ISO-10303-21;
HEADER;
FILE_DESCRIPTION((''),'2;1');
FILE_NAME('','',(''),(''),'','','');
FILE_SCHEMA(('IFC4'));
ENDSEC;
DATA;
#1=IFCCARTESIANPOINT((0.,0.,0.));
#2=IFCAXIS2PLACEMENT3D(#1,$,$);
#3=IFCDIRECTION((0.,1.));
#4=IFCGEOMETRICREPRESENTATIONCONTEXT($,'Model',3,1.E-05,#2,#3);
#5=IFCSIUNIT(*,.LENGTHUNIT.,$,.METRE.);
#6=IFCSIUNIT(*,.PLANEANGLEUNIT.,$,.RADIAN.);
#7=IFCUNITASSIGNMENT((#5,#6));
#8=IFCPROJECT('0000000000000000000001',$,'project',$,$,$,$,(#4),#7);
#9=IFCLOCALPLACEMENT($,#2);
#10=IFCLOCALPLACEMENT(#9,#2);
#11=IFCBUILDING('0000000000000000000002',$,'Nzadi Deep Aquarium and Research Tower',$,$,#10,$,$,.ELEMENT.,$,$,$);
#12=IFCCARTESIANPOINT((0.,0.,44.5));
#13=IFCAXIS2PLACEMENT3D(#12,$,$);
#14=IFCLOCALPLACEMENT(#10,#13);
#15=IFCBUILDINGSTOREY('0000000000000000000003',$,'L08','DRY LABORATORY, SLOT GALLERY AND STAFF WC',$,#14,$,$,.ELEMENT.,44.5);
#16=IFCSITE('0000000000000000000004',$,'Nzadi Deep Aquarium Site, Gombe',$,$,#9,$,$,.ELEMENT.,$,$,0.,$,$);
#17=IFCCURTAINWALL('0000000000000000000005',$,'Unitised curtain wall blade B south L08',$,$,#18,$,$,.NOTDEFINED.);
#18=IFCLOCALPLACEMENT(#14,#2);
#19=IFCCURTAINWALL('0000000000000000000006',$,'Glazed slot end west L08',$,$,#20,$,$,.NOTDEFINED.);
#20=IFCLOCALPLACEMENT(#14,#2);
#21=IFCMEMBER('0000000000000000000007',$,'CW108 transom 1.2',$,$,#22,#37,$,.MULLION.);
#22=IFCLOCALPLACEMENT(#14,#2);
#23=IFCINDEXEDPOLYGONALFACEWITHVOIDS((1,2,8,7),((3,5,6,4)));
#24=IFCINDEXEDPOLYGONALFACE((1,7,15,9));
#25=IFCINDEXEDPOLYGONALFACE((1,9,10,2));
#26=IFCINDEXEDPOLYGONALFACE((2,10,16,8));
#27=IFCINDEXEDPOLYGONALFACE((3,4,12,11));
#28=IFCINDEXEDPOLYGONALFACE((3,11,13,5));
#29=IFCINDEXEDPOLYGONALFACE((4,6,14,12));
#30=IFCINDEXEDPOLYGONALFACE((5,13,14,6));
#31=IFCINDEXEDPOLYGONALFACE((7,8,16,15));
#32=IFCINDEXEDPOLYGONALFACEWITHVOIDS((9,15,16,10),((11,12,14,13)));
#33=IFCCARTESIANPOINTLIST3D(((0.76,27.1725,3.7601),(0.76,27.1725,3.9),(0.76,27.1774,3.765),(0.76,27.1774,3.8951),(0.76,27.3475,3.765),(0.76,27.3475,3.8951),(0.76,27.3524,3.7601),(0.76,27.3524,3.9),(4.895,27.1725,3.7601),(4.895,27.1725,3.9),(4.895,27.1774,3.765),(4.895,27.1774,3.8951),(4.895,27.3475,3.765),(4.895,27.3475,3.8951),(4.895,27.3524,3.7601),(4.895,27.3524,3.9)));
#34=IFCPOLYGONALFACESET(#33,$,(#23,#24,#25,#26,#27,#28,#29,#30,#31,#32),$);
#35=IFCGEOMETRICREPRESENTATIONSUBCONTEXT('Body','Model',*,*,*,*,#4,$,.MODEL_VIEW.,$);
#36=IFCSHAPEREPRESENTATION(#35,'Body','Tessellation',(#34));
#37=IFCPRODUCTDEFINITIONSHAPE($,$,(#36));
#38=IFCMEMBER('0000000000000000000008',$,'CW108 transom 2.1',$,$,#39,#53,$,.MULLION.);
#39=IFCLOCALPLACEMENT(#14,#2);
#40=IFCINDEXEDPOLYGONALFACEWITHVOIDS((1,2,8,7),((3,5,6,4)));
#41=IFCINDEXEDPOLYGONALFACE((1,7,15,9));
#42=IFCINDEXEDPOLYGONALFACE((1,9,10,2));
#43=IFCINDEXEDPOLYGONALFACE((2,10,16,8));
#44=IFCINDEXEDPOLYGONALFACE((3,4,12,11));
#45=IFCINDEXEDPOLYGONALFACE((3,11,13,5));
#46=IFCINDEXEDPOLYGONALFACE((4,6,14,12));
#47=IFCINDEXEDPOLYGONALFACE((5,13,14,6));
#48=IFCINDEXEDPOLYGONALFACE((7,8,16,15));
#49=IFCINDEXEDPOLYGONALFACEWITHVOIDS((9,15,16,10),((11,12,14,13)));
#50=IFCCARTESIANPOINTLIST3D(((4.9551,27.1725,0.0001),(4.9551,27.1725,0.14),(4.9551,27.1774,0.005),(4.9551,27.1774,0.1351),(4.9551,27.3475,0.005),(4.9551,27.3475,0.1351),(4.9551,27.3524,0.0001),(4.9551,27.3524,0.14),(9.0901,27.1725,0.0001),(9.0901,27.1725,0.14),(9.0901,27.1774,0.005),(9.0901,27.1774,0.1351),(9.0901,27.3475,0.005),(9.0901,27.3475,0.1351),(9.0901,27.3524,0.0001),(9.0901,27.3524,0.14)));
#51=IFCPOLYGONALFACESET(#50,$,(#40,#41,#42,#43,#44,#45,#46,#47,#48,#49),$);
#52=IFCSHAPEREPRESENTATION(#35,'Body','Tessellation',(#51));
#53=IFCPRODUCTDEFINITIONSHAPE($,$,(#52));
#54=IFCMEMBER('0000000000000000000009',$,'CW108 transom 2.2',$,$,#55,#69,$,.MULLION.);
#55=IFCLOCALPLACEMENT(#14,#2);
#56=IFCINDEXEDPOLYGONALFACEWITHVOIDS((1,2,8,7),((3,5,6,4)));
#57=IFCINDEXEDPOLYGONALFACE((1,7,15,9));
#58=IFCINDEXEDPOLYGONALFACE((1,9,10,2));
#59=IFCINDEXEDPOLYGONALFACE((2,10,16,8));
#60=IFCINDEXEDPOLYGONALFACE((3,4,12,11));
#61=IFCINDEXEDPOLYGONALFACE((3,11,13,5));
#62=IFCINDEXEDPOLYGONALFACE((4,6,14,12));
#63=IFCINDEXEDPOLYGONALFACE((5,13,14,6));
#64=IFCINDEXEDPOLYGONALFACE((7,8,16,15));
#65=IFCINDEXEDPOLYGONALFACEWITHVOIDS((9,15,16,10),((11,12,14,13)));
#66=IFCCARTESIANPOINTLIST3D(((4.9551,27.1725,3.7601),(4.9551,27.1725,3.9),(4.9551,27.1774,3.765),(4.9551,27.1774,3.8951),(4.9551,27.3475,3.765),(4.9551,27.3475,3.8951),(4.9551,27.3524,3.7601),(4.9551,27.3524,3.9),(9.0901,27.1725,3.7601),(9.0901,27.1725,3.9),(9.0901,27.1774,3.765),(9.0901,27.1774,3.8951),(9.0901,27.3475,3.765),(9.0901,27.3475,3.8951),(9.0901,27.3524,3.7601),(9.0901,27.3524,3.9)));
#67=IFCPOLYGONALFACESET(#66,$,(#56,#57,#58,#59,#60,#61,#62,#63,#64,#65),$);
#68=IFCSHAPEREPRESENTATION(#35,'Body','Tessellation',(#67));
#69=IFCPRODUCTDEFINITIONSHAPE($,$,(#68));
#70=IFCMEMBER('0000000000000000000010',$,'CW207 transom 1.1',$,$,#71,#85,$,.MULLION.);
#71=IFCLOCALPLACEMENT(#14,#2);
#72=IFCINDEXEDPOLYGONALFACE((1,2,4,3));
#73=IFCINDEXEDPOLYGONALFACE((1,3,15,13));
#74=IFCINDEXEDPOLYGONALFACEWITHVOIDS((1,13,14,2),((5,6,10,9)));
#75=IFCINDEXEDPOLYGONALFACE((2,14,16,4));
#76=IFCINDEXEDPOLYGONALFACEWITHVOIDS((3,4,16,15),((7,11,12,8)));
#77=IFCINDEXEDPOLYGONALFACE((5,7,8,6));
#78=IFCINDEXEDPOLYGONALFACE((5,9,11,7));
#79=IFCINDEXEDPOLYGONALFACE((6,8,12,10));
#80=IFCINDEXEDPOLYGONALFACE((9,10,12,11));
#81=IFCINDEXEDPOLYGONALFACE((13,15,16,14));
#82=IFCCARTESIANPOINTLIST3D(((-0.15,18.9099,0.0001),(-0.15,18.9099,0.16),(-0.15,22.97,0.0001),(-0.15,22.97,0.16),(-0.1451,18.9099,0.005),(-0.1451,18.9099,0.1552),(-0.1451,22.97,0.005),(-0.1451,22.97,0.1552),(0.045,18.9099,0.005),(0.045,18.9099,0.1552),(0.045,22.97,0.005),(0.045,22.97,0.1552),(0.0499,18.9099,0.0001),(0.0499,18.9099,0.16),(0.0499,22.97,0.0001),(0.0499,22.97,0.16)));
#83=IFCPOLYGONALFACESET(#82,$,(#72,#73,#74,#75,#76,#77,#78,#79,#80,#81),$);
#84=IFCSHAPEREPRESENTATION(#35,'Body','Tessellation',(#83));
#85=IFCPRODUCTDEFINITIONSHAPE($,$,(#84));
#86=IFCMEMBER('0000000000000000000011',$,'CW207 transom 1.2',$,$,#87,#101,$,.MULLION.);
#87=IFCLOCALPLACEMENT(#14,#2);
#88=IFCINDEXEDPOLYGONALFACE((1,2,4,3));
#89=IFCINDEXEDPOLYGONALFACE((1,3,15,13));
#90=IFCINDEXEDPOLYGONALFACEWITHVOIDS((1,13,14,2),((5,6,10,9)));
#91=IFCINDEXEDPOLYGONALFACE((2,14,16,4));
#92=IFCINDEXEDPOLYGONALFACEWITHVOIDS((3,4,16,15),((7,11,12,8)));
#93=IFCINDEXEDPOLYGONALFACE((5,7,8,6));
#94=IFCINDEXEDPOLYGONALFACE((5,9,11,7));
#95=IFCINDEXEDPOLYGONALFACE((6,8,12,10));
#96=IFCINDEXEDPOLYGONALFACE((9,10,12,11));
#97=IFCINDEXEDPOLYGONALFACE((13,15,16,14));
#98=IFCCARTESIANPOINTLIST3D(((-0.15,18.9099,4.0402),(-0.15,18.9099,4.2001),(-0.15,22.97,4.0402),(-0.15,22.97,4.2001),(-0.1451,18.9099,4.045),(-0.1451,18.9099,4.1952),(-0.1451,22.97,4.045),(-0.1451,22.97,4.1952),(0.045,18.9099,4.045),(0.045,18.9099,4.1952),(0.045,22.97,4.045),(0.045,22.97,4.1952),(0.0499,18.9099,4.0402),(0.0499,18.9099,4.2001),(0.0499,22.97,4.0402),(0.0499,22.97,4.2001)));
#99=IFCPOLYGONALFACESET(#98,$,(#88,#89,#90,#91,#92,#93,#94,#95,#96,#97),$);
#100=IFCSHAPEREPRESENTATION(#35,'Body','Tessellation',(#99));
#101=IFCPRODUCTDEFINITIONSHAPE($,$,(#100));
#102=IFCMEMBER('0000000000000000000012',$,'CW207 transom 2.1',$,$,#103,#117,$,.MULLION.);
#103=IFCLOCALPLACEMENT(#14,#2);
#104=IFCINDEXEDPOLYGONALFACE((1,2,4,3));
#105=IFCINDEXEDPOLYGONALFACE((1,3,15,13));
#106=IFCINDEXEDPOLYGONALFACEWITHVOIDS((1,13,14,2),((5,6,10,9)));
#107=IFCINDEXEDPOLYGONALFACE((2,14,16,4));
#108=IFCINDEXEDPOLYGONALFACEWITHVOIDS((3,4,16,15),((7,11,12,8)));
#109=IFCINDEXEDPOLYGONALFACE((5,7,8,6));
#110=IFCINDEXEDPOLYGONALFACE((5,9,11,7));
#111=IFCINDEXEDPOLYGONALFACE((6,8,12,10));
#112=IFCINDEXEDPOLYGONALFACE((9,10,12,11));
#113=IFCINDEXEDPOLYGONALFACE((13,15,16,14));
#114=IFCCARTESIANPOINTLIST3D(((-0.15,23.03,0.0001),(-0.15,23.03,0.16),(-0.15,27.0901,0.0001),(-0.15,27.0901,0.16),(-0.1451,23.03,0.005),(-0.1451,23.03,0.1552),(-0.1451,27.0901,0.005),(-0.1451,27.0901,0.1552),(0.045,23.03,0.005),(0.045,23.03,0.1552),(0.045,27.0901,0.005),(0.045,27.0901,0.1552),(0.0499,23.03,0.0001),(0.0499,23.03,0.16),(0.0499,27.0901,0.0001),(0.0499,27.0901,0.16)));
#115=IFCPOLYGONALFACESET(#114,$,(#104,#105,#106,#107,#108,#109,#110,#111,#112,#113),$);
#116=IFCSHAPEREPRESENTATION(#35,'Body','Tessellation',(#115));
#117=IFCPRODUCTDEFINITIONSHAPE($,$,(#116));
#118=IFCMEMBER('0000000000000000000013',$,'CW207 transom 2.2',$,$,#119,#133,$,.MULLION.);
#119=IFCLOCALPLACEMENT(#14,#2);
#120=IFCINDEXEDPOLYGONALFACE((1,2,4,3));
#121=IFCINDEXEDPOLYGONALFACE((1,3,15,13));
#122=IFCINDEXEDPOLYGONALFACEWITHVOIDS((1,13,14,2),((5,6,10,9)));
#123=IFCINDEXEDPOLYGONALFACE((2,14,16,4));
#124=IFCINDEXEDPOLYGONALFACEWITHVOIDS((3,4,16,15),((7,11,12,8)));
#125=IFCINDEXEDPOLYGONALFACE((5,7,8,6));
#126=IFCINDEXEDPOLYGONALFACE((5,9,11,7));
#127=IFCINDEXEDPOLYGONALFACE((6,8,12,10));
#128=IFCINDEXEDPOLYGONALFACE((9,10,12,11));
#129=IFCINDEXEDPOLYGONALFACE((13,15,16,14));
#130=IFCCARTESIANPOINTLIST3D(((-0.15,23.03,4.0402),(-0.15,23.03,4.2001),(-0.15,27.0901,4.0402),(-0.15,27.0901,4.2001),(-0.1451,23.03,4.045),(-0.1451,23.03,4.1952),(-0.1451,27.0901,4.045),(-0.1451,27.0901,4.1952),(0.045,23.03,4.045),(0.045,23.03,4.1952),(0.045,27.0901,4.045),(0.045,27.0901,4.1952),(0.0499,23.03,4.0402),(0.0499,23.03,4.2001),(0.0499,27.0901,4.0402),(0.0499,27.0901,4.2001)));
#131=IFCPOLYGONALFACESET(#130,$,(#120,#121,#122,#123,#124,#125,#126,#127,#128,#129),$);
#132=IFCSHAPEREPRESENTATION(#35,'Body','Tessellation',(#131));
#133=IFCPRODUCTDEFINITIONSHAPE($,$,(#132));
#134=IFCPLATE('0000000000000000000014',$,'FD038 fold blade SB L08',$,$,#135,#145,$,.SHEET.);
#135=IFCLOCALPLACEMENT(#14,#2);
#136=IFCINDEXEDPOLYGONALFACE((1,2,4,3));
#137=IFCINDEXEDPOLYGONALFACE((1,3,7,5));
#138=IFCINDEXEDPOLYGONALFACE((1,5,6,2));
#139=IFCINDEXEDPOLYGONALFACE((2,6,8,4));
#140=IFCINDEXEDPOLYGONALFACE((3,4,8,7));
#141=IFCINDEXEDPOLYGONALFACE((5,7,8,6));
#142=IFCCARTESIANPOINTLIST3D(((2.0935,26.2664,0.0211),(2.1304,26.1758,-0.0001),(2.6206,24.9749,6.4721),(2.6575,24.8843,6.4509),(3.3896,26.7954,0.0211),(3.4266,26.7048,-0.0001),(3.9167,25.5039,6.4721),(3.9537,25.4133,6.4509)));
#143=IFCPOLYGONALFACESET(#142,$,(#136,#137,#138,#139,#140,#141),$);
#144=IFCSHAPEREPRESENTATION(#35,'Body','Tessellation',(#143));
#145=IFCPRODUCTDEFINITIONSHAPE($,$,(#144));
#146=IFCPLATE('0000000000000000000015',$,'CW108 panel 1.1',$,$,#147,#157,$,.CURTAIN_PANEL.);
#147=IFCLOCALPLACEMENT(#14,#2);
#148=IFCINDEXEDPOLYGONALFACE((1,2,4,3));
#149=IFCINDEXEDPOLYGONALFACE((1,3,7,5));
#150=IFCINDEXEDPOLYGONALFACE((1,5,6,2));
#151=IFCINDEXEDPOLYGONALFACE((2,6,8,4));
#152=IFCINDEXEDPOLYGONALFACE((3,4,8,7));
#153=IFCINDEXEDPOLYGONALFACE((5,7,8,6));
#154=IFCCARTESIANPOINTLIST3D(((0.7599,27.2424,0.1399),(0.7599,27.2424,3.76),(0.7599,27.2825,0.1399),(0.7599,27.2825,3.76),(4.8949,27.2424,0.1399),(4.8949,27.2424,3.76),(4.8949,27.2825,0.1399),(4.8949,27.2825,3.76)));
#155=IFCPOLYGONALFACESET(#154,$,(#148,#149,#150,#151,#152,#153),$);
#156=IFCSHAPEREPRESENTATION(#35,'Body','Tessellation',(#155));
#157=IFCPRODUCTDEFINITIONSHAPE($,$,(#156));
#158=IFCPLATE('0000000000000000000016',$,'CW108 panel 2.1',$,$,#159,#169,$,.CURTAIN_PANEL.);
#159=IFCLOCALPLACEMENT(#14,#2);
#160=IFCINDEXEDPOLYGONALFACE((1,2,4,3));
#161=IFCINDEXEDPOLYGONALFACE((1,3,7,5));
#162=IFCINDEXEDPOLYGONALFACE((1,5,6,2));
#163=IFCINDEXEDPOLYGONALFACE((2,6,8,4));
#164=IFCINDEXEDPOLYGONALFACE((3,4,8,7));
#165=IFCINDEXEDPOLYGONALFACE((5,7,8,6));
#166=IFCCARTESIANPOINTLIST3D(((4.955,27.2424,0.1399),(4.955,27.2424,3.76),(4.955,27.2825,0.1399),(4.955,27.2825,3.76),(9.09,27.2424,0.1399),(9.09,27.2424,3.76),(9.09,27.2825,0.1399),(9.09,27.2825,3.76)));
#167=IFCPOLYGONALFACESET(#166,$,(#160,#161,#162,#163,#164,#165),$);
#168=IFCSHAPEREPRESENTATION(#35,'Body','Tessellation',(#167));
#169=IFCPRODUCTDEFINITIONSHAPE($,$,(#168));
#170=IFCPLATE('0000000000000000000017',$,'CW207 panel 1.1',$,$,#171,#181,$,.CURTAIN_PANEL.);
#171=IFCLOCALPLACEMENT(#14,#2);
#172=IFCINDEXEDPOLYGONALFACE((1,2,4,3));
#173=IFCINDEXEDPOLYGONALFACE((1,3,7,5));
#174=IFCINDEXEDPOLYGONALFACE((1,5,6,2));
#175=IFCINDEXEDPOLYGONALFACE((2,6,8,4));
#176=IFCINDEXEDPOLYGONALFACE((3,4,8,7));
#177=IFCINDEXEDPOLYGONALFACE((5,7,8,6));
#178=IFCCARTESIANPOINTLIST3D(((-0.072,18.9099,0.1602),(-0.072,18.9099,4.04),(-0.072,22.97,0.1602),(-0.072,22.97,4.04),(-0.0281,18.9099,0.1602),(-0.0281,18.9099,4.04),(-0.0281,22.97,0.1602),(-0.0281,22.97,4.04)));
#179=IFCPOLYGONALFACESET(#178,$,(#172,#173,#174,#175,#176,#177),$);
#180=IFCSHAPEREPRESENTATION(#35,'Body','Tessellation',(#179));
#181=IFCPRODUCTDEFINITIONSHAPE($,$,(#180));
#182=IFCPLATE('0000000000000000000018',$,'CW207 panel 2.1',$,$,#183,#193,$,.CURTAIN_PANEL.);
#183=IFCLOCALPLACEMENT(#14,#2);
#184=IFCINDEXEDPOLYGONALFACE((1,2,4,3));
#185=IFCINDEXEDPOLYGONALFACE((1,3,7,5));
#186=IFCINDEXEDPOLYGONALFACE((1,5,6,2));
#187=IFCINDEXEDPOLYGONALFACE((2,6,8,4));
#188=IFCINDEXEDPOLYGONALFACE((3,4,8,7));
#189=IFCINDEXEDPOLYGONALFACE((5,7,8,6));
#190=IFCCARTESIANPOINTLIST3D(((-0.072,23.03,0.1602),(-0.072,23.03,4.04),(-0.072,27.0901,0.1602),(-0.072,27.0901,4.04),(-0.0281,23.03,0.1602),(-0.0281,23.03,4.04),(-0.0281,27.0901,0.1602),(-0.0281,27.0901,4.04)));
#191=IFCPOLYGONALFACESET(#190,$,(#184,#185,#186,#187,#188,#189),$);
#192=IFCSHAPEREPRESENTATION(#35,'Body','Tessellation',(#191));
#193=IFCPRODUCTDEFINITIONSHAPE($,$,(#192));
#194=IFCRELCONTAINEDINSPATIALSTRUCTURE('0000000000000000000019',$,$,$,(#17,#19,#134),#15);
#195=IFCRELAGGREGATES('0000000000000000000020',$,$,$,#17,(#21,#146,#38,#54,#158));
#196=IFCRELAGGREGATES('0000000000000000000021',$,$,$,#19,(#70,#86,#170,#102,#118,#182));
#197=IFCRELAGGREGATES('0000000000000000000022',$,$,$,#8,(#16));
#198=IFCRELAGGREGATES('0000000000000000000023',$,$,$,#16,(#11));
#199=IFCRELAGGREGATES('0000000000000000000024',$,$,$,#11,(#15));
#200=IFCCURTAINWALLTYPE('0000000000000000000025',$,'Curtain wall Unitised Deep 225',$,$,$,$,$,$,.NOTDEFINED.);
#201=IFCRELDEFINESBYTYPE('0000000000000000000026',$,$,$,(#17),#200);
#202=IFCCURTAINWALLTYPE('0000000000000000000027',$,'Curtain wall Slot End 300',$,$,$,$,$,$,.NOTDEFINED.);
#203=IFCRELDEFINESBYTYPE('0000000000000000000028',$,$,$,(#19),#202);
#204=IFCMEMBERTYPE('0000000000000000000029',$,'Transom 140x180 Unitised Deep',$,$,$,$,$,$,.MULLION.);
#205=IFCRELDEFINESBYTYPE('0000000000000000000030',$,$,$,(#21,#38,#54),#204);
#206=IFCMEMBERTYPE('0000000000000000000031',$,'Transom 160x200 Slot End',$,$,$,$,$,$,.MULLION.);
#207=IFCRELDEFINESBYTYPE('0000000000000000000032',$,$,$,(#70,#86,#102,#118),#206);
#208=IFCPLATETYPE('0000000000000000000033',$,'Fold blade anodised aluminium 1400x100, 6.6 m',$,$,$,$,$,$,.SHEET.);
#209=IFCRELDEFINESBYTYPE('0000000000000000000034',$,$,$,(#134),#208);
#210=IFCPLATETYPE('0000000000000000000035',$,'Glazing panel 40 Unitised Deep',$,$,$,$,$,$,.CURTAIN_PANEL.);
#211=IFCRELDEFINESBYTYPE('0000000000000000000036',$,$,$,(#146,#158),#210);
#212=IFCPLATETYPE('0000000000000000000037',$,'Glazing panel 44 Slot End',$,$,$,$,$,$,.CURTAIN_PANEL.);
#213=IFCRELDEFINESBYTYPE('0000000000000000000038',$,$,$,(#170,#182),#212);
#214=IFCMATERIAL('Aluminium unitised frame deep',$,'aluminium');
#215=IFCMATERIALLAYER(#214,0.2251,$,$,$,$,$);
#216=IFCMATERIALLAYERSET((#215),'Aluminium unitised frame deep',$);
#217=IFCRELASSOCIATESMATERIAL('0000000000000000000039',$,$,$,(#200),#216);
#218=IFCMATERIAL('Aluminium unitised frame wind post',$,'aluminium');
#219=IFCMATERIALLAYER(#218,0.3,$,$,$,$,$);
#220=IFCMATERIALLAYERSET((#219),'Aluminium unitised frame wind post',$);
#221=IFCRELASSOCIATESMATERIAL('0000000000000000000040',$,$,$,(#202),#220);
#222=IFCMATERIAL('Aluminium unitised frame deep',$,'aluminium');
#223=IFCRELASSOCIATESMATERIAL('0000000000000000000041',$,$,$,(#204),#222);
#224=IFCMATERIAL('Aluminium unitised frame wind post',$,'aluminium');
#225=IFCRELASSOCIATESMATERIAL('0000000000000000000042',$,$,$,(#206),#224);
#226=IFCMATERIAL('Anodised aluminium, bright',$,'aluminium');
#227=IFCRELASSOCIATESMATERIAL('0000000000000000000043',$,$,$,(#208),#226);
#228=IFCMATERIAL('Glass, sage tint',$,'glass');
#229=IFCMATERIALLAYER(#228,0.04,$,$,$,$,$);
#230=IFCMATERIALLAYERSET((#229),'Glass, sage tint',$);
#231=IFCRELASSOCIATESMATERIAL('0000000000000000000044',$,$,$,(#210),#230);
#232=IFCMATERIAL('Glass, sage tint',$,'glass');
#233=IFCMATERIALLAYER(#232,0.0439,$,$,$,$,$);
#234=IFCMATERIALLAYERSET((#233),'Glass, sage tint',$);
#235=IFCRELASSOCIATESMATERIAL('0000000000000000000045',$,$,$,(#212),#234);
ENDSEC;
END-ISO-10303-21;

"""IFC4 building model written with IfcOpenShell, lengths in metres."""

from ifc_helpers import new_model, si_unit, direction, frame, origin, origin_2d, place, context, subcontext, project, spatial, rectangle, hollow_rectangle, extrude, material, layer, layer_set, material_profile, profile_set, type_object, element, aggregate, save


model = new_model("IFC4")

# Units and contexts
model_context = context("Model", 3, precision=1e-05, world=origin(), true_north=direction((0.0, 1.0)))
body_context = subcontext(model_context, "Body", "Model", "MODEL_VIEW")
ifc_project = project(units=[si_unit("LENGTHUNIT", "METRE"), si_unit("PLANEANGLEUNIT", "RADIAN")], contexts=[model_context])

# Site, building, storey
site_placement = place(None, origin())
site = spatial("IfcSite", under=ifc_project, at=site_placement, Name="Nzadi Deep Aquarium Site, Gombe", CompositionType="ELEMENT", RefElevation=0.0)
building_placement = place(site_placement, origin())
building = spatial("IfcBuilding", under=site, at=building_placement, Name="Nzadi Deep Aquarium and Research Tower", CompositionType="ELEMENT")
storey_placement = place(building_placement, frame((0.0, 0.0, 44.5)))
storey = spatial("IfcBuildingStorey", under=building, at=storey_placement, Name="L08", Description="DRY LABORATORY, SLOT GALLERY AND STAFF WC", CompositionType="ELEMENT", Elevation=44.5)

# Curtain walls
ifc_material_1 = material(Name="Aluminium unitised frame deep", Category="aluminium")
ifc_layer_1 = layer(ifc_material_1, 0.2251)
ifc_layer_set_1 = layer_set([ifc_layer_1], Name="Aluminium unitised frame deep")
curtain_wall_type_1 = type_object("IfcCurtainWallType", Name="Curtain wall Unitised Deep 225", PredefinedType="NOTDEFINED", material=ifc_layer_set_1)
curtain_wall_1_placement = place(storey_placement, origin())
curtain_wall_1 = element("IfcCurtainWall", 1, at=curtain_wall_1_placement, inside=storey, type_object=curtain_wall_type_1, Name="Unitised curtain wall blade B south L08", PredefinedType="NOTDEFINED")
ifc_material_2 = material(Name="Aluminium unitised frame wind post", Category="aluminium")
ifc_layer_2 = layer(ifc_material_2, 0.3)
ifc_layer_set_2 = layer_set([ifc_layer_2], Name="Aluminium unitised frame wind post")
curtain_wall_type_2 = type_object("IfcCurtainWallType", Name="Curtain wall Slot End 300", PredefinedType="NOTDEFINED", material=ifc_layer_set_2)
curtain_wall_2_placement = place(storey_placement, origin())
curtain_wall_2 = element("IfcCurtainWall", 2, at=curtain_wall_2_placement, inside=storey, type_object=curtain_wall_type_2, Name="Glazed slot end west L08", PredefinedType="NOTDEFINED")

# Members
ifc_material_3 = material(Name="Aluminium unitised frame deep", Category="aluminium")
ifc_material_profile_1 = material_profile(ifc_material_3, hollow_rectangle(XDim=0.1799, YDim=0.1399, WallThickness=0.0049, at=origin_2d()))
ifc_profile_set_1 = profile_set([ifc_material_profile_1], Name="Aluminium unitised frame deep")
member_type_1 = type_object("IfcMemberType", Name="Transom 140x180 Unitised Deep", PredefinedType="MULLION", material=ifc_profile_set_1)
member_1_placement = place(storey_placement, frame((0.76, 27.2625, 3.8301), z_axis=(1.0, 0.0, 0.0), x_axis=(0.0, 1.0, 0.0)))
member_1 = element("IfcMember", 3, at=member_1_placement, type_object=member_type_1, Name="CW108 transom 1.2", PredefinedType="MULLION", context=body_context, shape_type="SweptSolid", body=[
    extrude(hollow_rectangle(XDim=0.1799, YDim=0.1399, WallThickness=0.0049, at=origin_2d()), origin(), (0.0, 0.0, 1.0), 4.135),
])
member_2_placement = place(storey_placement, frame((4.9551, 27.2625, 0.0701), z_axis=(1.0, 0.0, 0.0), x_axis=(0.0, 1.0, 0.0)))
member_2 = element("IfcMember", 4, at=member_2_placement, type_object=member_type_1, Name="CW108 transom 2.1", PredefinedType="MULLION", context=body_context, shape_type="SweptSolid", body=[
    extrude(hollow_rectangle(XDim=0.1799, YDim=0.1399, WallThickness=0.0049, at=origin_2d()), origin(), (0.0, 0.0, 1.0), 4.135),
])
member_3_placement = place(storey_placement, frame((4.9551, 27.2625, 3.8301), z_axis=(1.0, 0.0, 0.0), x_axis=(0.0, 1.0, 0.0)))
member_3 = element("IfcMember", 5, at=member_3_placement, type_object=member_type_1, Name="CW108 transom 2.2", PredefinedType="MULLION", context=body_context, shape_type="SweptSolid", body=[
    extrude(hollow_rectangle(XDim=0.1799, YDim=0.1399, WallThickness=0.0049, at=origin_2d()), origin(), (0.0, 0.0, 1.0), 4.135),
])
ifc_material_4 = material(Name="Aluminium unitised frame wind post", Category="aluminium")
ifc_material_profile_2 = material_profile(ifc_material_4, hollow_rectangle(XDim=0.2, YDim=0.1599, WallThickness=0.0049, at=origin_2d()))
ifc_profile_set_2 = profile_set([ifc_material_profile_2], Name="Aluminium unitised frame wind post")
member_type_2 = type_object("IfcMemberType", Name="Transom 160x200 Slot End", PredefinedType="MULLION", material=ifc_profile_set_2)
member_4_placement = place(storey_placement, frame((-0.05, 18.9099, 0.0801), z_axis=(0.0, 1.0, 0.0), x_axis=(-1.0, 0.0, 0.0)))
member_4 = element("IfcMember", 6, at=member_4_placement, type_object=member_type_2, Name="CW207 transom 1.1", PredefinedType="MULLION", context=body_context, shape_type="SweptSolid", body=[
    extrude(hollow_rectangle(XDim=0.2, YDim=0.1599, WallThickness=0.0049, at=origin_2d()), origin(), (0.0, 0.0, 1.0), 4.0601),
])
member_5_placement = place(storey_placement, frame((-0.05, 18.9099, 4.1201), z_axis=(0.0, 1.0, 0.0), x_axis=(-1.0, 0.0, 0.0)))
member_5 = element("IfcMember", 7, at=member_5_placement, type_object=member_type_2, Name="CW207 transom 1.2", PredefinedType="MULLION", context=body_context, shape_type="SweptSolid", body=[
    extrude(hollow_rectangle(XDim=0.2, YDim=0.1599, WallThickness=0.0049, at=origin_2d()), origin(), (0.0, 0.0, 1.0), 4.0601),
])
member_6_placement = place(storey_placement, frame((-0.05, 23.03, 0.0801), z_axis=(0.0, 1.0, 0.0), x_axis=(-1.0, 0.0, 0.0)))
member_6 = element("IfcMember", 8, at=member_6_placement, type_object=member_type_2, Name="CW207 transom 2.1", PredefinedType="MULLION", context=body_context, shape_type="SweptSolid", body=[
    extrude(hollow_rectangle(XDim=0.2, YDim=0.1599, WallThickness=0.0049, at=origin_2d()), origin(), (0.0, 0.0, 1.0), 4.0601),
])
member_7_placement = place(storey_placement, frame((-0.05, 23.03, 4.1201), z_axis=(0.0, 1.0, 0.0), x_axis=(-1.0, 0.0, 0.0)))
member_7 = element("IfcMember", 9, at=member_7_placement, type_object=member_type_2, Name="CW207 transom 2.2", PredefinedType="MULLION", context=body_context, shape_type="SweptSolid", body=[
    extrude(hollow_rectangle(XDim=0.2, YDim=0.1599, WallThickness=0.0049, at=origin_2d()), origin(), (0.0, 0.0, 1.0), 4.0601),
])

# Plates
ifc_material_5 = material(Name="Anodised aluminium, bright", Category="aluminium")
ifc_material_profile_3 = material_profile(ifc_material_5, rectangle(XDim=1.3999, YDim=0.1001, at=origin_2d()))
ifc_profile_set_3 = profile_set([ifc_material_profile_3], Name="Anodised aluminium, bright")
plate_type_1 = type_object("IfcPlateType", Name="Fold blade anodised aluminium 1400x100, 6.6 m", PredefinedType="SHEET", material=ifc_profile_set_3)
plate_1_placement = place(storey_placement, frame((2.76, 26.4856, 0.0105), z_axis=(0.079863, -0.195682, 0.97741), x_axis=(0.925859, 0.377869, 0.0)))
element("IfcPlate", 10, at=plate_1_placement, inside=storey, type_object=plate_type_1, Name="FD038 fold blade SB L08", PredefinedType="SHEET", context=body_context, shape_type="SweptSolid", body=[
    extrude(rectangle(XDim=1.3999, YDim=0.1001, at=origin_2d()), origin(), (0.0, 0.0, 1.0), 6.6001),
])
ifc_material_6 = material(Name="Glass, sage tint", Category="glass")
ifc_layer_3 = layer(ifc_material_6, 0.04)
ifc_layer_set_3 = layer_set([ifc_layer_3], Name="Glass, sage tint")
plate_type_2 = type_object("IfcPlateType", Name="Glazing panel 40 Unitised Deep", PredefinedType="CURTAIN_PANEL", material=ifc_layer_set_3)
plate_2_placement = place(storey_placement, frame((2.8274, 27.2625, 0.1399), z_axis=(0.0, 0.0, 1.0), x_axis=(1.0, 0.0, 0.0)))
plate_2 = element("IfcPlate", 11, at=plate_2_placement, type_object=plate_type_2, Name="CW108 panel 1.1", PredefinedType="CURTAIN_PANEL", context=body_context, shape_type="SweptSolid", body=[
    extrude(rectangle(XDim=4.135, YDim=0.04, at=origin_2d()), origin(), (0.0, 0.0, 1.0), 3.6201),
])
plate_3_placement = place(storey_placement, frame((7.0225, 27.2625, 0.1399), z_axis=(0.0, 0.0, 1.0), x_axis=(1.0, 0.0, 0.0)))
plate_3 = element("IfcPlate", 12, at=plate_3_placement, type_object=plate_type_2, Name="CW108 panel 2.1", PredefinedType="CURTAIN_PANEL", context=body_context, shape_type="SweptSolid", body=[
    extrude(rectangle(XDim=4.135, YDim=0.04, at=origin_2d()), origin(), (0.0, 0.0, 1.0), 3.6201),
])
aggregate(curtain_wall_1, [member_1, plate_2, member_2, member_3, plate_3])
ifc_material_7 = material(Name="Glass, sage tint", Category="glass")
ifc_layer_4 = layer(ifc_material_7, 0.0439)
ifc_layer_set_4 = layer_set([ifc_layer_4], Name="Glass, sage tint")
plate_type_3 = type_object("IfcPlateType", Name="Glazing panel 44 Slot End", PredefinedType="CURTAIN_PANEL", material=ifc_layer_set_4)
plate_4_placement = place(storey_placement, frame((-0.05, 20.9399, 0.1602), z_axis=(0.0, 0.0, 1.0), x_axis=(0.0, 1.0, 0.0)))
plate_4 = element("IfcPlate", 13, at=plate_4_placement, type_object=plate_type_3, Name="CW207 panel 1.1", PredefinedType="CURTAIN_PANEL", context=body_context, shape_type="SweptSolid", body=[
    extrude(rectangle(XDim=4.0601, YDim=0.0439, at=origin_2d()), origin(), (0.0, 0.0, 1.0), 3.8799),
])
plate_5_placement = place(storey_placement, frame((-0.05, 25.0601, 0.1602), z_axis=(0.0, 0.0, 1.0), x_axis=(0.0, 1.0, 0.0)))
plate_5 = element("IfcPlate", 14, at=plate_5_placement, type_object=plate_type_3, Name="CW207 panel 2.1", PredefinedType="CURTAIN_PANEL", context=body_context, shape_type="SweptSolid", body=[
    extrude(rectangle(XDim=4.0601, YDim=0.0439, at=origin_2d()), origin(), (0.0, 0.0, 1.0), 3.8799),
])
aggregate(curtain_wall_2, [member_4, member_5, plate_4, member_6, member_7, plate_5])

save(model, "model.ifc")
